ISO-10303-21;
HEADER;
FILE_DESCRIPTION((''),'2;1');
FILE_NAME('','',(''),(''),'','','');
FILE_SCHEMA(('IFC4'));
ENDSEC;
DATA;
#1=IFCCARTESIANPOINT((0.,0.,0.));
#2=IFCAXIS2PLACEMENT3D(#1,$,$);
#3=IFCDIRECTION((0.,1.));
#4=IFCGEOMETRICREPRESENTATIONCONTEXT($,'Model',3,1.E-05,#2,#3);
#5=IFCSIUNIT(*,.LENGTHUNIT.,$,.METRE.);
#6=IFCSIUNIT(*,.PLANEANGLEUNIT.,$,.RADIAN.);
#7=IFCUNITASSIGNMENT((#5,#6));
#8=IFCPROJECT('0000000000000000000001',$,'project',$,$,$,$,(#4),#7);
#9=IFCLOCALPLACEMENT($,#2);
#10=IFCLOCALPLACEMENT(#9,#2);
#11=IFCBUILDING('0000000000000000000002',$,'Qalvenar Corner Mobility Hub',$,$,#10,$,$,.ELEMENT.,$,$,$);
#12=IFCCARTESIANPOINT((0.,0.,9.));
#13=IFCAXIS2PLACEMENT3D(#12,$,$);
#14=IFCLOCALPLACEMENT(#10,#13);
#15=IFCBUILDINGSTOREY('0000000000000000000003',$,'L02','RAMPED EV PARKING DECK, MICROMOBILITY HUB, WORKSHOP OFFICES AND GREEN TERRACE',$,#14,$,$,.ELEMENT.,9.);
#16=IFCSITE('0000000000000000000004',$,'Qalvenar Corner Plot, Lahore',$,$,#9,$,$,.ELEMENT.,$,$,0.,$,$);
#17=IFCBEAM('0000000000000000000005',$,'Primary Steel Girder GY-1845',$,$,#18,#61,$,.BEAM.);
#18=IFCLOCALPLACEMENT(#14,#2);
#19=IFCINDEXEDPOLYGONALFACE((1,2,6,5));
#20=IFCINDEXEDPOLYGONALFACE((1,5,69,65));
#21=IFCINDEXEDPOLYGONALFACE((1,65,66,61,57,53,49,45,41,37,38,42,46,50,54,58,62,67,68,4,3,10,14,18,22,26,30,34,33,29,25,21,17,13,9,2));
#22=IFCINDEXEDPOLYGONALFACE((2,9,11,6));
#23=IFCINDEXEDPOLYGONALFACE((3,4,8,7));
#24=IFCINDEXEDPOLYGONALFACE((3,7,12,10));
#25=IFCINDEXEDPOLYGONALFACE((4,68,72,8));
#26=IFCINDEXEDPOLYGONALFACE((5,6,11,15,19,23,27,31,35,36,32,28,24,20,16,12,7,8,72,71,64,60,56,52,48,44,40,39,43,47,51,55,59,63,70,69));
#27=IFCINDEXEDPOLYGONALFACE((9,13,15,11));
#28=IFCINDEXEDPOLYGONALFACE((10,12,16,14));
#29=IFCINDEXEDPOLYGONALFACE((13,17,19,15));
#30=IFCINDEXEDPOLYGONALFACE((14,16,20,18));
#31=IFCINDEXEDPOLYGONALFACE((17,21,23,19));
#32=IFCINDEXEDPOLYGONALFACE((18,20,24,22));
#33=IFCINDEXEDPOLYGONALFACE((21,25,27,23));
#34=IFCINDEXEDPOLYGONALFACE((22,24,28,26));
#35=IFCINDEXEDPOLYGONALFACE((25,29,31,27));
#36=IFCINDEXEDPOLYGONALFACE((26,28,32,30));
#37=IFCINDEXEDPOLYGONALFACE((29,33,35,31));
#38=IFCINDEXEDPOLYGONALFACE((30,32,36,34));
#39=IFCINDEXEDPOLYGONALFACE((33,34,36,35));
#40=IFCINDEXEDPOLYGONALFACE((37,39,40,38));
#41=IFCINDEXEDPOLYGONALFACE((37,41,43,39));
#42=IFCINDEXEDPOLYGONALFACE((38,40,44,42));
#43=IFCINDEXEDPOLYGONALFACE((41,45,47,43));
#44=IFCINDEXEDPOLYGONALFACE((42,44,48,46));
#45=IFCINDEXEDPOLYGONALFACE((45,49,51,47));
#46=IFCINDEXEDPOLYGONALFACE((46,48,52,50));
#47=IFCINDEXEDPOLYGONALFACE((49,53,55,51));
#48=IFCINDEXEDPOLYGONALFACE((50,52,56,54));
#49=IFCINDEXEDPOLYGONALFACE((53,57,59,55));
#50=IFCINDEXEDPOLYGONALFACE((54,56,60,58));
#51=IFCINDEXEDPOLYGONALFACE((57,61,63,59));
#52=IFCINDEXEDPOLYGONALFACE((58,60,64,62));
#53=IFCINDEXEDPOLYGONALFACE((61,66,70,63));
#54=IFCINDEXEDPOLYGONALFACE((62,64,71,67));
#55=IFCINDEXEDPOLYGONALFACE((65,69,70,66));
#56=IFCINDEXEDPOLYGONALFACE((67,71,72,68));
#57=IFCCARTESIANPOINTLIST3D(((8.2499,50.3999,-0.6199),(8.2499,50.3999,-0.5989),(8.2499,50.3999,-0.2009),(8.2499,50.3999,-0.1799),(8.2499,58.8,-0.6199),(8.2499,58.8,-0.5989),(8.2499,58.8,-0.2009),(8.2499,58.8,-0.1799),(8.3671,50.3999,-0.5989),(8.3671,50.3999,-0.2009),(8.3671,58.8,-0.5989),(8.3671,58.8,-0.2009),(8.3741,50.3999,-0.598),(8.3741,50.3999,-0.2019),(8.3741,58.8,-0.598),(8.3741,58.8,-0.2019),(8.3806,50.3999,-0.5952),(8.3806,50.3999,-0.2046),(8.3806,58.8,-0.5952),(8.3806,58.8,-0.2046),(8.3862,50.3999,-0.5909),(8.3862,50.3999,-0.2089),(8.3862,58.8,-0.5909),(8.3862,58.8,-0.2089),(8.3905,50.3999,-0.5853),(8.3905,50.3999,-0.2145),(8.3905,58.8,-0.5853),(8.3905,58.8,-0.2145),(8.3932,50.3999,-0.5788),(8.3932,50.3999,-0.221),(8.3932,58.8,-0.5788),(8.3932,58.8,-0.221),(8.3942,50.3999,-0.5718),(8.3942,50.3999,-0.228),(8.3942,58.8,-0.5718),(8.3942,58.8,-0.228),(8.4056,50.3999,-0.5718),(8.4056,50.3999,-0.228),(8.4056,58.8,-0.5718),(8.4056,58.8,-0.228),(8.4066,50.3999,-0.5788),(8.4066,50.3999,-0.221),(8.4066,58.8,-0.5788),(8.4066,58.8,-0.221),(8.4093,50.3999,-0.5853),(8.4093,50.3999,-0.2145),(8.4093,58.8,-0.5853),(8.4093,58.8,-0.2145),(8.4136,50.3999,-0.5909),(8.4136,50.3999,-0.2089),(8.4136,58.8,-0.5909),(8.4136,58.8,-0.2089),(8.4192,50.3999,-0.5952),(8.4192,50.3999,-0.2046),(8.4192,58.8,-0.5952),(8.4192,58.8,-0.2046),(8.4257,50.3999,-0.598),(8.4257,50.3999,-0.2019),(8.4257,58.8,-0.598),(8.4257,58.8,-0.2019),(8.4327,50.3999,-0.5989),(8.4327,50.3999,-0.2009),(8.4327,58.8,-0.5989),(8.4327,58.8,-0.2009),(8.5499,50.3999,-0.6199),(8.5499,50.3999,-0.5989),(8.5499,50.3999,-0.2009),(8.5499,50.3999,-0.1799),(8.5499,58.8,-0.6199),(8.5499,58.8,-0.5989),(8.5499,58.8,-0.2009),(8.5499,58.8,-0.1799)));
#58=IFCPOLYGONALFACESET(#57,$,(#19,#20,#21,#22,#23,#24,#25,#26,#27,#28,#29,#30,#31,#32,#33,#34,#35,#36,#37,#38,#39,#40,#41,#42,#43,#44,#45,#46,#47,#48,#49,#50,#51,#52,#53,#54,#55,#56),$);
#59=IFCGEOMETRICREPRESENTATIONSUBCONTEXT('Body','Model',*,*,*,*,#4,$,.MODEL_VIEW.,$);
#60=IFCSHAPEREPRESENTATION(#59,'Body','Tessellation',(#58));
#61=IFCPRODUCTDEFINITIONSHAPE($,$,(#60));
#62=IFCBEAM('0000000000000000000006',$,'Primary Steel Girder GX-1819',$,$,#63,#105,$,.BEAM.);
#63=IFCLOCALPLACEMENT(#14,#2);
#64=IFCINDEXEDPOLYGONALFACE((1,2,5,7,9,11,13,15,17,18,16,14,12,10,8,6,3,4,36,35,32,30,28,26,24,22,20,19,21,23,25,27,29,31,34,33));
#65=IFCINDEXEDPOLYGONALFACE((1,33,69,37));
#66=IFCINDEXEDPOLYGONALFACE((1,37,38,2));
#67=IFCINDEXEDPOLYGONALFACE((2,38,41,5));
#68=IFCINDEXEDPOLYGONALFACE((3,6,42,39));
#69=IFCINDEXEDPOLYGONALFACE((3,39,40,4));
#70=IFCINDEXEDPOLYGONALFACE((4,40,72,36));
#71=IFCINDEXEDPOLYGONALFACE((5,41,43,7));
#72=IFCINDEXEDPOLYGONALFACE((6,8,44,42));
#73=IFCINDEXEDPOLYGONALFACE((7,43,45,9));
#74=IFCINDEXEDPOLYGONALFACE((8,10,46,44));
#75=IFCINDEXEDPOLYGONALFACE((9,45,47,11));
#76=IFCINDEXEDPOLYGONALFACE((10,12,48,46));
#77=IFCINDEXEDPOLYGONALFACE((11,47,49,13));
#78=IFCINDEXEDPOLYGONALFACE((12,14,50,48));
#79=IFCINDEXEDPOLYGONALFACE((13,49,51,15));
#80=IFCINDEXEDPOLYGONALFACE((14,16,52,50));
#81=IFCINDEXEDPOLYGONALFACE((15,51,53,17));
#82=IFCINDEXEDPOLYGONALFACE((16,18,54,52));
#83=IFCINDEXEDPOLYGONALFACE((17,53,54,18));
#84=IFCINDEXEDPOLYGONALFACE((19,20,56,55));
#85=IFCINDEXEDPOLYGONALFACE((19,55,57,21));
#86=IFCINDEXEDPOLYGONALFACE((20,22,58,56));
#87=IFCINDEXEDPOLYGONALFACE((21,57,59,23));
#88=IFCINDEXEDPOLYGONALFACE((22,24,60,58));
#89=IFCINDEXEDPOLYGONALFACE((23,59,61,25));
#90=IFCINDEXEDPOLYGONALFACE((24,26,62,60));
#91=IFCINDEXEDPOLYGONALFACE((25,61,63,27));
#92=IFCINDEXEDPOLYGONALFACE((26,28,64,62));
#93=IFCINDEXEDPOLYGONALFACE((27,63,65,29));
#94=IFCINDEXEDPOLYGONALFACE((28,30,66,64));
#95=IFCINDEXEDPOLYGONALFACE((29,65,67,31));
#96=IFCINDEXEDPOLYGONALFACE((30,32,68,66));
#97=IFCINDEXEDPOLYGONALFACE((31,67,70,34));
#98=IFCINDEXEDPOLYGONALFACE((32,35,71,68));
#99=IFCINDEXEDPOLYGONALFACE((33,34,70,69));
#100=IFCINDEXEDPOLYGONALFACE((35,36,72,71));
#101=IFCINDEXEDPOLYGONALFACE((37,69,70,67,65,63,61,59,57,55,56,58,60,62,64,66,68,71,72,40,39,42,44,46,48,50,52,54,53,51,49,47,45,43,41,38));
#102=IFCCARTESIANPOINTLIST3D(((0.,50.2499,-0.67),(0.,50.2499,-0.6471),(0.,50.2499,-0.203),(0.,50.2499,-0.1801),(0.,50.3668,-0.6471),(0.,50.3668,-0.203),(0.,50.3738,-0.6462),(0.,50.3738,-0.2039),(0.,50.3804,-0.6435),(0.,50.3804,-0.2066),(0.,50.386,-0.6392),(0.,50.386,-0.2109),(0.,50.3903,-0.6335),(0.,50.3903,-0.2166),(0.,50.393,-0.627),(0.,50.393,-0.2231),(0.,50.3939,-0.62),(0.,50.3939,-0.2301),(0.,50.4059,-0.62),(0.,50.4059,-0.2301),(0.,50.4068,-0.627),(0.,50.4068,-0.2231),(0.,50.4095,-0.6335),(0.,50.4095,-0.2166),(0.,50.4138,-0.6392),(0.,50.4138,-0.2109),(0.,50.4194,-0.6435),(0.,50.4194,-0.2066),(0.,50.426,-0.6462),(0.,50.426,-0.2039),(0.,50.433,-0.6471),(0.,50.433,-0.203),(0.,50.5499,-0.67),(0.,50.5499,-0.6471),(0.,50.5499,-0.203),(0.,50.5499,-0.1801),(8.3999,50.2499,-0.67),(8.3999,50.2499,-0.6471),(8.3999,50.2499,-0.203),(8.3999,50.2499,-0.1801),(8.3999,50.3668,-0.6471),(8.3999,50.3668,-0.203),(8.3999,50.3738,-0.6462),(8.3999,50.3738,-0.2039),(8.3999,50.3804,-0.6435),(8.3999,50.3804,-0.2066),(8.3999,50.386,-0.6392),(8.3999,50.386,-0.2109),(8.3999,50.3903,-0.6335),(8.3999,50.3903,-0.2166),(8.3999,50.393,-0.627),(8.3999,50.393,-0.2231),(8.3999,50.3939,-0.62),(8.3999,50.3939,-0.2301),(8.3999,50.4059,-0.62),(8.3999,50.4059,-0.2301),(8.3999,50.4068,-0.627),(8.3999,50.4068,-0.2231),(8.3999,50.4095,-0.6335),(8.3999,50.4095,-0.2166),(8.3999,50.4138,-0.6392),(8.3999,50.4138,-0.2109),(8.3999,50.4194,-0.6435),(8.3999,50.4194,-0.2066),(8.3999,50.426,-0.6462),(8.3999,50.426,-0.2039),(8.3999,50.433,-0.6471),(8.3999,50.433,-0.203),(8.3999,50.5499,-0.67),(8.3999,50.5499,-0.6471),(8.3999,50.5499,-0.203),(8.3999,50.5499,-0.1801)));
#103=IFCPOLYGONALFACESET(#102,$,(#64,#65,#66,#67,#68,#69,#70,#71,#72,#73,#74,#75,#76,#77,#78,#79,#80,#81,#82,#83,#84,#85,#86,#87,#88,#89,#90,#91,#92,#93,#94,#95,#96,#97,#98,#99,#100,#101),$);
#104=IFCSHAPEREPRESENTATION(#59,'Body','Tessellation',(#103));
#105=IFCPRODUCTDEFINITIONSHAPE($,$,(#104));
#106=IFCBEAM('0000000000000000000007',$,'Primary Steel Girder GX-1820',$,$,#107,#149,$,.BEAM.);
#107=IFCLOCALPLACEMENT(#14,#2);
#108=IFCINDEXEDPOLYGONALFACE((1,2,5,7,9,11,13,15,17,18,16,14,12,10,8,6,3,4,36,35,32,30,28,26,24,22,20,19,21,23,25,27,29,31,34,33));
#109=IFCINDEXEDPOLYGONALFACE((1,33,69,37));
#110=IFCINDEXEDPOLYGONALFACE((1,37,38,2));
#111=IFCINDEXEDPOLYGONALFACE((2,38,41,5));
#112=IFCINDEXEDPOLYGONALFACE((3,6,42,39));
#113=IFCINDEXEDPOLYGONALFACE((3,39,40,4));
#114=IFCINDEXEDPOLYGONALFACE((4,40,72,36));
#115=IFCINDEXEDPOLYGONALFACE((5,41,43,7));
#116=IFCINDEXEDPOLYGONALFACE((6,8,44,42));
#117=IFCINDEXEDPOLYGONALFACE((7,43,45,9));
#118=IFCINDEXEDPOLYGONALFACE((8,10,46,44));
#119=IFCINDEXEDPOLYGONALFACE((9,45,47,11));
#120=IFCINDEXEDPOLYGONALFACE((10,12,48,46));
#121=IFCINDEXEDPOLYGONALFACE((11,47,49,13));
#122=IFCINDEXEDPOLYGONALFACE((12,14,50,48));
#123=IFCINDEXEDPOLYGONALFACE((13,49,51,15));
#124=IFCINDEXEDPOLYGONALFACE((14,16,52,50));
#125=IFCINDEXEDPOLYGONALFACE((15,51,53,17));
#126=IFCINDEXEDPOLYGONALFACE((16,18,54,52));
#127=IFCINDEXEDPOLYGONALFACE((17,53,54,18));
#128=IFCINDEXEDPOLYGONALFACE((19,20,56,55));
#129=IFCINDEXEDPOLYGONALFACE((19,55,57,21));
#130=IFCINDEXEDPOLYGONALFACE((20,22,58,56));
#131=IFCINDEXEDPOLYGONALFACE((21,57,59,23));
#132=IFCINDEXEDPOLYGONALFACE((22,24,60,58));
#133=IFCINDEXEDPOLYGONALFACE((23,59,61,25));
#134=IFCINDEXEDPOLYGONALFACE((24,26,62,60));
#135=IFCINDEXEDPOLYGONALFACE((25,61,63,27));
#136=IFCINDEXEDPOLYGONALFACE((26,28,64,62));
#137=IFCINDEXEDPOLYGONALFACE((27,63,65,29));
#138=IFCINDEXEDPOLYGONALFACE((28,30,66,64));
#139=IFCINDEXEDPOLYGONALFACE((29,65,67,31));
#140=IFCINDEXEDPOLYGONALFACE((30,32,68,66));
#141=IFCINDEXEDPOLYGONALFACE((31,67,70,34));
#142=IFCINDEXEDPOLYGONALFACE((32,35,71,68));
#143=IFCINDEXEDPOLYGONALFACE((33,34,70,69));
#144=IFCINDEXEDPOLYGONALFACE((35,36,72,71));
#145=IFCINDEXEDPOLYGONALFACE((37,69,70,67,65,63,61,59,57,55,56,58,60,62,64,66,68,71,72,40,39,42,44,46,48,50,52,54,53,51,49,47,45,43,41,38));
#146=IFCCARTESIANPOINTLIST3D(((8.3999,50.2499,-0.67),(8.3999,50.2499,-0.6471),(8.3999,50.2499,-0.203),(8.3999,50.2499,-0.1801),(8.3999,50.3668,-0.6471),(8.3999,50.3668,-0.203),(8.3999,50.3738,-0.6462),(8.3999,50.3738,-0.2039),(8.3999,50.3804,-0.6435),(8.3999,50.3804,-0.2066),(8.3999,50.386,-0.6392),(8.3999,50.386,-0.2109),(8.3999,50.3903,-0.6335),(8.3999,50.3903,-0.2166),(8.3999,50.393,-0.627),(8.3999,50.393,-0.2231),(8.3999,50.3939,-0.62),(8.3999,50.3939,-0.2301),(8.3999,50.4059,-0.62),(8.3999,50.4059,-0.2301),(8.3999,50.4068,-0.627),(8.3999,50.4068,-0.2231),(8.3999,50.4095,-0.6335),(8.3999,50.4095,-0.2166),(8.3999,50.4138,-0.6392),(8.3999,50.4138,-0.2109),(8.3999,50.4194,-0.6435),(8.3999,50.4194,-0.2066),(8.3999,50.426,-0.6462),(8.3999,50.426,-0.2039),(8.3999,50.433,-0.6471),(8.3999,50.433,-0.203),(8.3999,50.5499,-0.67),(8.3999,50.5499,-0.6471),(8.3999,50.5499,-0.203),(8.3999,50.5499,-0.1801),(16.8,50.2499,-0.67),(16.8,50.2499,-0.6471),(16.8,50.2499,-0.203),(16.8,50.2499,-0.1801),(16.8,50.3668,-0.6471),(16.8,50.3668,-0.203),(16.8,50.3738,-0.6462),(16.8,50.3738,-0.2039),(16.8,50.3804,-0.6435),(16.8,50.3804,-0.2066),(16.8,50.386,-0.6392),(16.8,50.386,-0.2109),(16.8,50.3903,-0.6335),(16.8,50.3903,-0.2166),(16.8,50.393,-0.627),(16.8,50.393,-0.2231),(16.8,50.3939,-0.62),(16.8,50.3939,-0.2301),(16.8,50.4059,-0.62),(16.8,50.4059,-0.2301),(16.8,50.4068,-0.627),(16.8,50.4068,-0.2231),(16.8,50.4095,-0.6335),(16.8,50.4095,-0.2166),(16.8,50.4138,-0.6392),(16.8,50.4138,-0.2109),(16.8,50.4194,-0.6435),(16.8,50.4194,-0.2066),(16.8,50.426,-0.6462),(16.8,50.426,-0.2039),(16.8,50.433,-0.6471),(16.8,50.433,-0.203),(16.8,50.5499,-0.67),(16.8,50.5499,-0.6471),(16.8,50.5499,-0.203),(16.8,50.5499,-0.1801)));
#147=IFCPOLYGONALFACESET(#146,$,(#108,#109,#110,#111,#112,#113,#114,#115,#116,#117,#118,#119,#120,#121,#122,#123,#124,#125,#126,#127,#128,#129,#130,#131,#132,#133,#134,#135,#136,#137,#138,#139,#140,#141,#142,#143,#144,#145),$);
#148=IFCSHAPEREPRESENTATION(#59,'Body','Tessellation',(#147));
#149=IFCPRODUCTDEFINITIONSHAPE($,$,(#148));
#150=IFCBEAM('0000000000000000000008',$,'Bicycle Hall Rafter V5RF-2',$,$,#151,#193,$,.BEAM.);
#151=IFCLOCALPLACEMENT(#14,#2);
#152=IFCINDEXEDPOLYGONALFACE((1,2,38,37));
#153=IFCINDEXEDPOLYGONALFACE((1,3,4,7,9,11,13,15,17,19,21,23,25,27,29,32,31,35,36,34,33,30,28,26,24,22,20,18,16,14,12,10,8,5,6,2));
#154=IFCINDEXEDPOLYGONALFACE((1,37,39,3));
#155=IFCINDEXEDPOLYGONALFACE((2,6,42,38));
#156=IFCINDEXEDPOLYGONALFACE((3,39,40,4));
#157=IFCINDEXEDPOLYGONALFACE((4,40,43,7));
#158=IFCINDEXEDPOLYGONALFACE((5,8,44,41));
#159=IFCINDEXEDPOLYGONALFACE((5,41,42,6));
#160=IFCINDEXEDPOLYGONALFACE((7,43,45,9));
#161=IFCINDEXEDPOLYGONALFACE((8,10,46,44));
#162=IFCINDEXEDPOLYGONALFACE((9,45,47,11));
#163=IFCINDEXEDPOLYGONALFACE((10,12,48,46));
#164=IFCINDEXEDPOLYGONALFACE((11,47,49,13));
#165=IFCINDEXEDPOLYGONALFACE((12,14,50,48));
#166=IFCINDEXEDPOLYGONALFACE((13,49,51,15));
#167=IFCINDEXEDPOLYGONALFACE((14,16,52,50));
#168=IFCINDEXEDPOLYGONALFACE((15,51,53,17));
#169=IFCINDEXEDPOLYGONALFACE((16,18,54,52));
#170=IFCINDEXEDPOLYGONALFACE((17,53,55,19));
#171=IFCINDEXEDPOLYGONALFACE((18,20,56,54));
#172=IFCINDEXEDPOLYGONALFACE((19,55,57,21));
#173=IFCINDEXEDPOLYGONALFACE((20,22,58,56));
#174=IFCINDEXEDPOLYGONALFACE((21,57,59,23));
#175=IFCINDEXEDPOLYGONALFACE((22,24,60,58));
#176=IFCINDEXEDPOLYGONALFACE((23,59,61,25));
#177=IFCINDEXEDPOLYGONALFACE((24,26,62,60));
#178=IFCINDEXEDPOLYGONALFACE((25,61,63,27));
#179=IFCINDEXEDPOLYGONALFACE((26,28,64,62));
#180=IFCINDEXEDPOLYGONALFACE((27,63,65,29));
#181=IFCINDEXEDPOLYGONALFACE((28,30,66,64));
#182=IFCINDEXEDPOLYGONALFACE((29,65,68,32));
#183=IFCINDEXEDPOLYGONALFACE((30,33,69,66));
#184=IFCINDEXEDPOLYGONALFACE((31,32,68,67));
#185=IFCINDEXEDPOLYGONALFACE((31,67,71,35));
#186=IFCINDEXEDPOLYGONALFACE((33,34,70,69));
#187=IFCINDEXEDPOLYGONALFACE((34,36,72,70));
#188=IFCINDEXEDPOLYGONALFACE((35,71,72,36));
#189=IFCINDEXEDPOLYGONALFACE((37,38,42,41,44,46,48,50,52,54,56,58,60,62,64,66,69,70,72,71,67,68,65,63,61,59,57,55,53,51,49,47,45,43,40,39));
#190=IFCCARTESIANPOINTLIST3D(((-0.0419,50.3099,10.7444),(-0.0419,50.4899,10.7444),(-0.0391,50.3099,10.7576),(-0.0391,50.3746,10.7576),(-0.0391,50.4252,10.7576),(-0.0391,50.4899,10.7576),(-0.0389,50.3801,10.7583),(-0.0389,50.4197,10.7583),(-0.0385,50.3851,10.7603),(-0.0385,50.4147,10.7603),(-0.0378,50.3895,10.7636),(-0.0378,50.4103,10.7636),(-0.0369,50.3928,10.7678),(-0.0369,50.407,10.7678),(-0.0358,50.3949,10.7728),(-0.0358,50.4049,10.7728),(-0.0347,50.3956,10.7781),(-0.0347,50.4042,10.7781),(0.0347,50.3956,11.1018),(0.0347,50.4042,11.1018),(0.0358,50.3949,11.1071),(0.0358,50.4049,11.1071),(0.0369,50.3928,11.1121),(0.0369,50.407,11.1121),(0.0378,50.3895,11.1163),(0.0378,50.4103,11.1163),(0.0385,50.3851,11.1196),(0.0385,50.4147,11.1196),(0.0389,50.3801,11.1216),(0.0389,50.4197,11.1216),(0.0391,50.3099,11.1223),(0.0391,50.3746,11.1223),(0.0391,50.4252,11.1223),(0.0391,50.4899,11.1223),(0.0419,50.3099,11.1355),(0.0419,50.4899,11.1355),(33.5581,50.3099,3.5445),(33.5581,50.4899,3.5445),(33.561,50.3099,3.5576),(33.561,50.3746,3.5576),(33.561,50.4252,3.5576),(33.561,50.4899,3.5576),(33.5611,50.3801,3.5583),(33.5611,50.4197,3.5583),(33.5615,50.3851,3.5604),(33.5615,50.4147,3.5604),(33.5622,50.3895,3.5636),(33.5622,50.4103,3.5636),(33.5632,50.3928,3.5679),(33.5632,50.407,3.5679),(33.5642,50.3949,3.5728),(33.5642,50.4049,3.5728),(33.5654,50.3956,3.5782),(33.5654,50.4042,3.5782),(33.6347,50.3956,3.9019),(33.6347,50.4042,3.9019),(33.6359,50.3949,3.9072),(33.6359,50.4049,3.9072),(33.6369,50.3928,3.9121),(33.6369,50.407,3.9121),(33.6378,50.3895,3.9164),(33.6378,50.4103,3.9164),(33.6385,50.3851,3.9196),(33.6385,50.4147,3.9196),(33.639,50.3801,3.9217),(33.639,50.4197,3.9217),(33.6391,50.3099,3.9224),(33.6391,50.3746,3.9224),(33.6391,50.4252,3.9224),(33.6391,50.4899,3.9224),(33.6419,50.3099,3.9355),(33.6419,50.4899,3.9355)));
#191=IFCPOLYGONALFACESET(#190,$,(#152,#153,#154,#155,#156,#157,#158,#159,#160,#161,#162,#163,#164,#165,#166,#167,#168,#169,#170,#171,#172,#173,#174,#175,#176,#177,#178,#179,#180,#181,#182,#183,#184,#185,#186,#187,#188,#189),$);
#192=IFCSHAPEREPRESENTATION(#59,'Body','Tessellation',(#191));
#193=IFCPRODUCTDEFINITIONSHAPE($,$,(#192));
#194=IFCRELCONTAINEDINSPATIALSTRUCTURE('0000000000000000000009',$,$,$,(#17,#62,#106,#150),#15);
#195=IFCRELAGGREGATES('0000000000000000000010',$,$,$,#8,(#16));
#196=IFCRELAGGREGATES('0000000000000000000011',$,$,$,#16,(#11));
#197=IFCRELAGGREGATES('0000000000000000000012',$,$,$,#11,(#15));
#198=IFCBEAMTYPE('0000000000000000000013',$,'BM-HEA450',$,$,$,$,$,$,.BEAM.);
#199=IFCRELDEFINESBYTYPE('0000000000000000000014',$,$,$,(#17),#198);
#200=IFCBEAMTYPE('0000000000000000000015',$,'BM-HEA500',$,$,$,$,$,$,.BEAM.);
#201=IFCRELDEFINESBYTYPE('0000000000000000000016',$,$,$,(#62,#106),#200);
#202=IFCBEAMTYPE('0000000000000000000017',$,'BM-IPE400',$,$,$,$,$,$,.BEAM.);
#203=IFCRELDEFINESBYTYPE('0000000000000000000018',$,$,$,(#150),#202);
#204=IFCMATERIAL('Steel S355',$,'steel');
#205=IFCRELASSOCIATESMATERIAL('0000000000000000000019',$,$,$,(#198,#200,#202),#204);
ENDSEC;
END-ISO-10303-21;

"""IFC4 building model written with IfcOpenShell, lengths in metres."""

from ifc_helpers import new_model, si_unit, direction, frame, origin, origin_2d, place, context, subcontext, project, spatial, i_section, extrude, material, material_profile, profile_set, type_object, element, save


model = new_model("IFC4")

# Units and contexts
model_context = context("Model", 3, precision=1e-05, world=origin(), true_north=direction((0.0, 1.0)))
body_context = subcontext(model_context, "Body", "Model", "MODEL_VIEW")
ifc_project = project(units=[si_unit("LENGTHUNIT", "METRE"), si_unit("PLANEANGLEUNIT", "RADIAN")], contexts=[model_context])

# Site, building, storey
site_placement = place(None, origin())
site = spatial("IfcSite", under=ifc_project, at=site_placement, Name="Qalvenar Corner Plot, Lahore", CompositionType="ELEMENT", RefElevation=0.0)
building_placement = place(site_placement, origin())
building = spatial("IfcBuilding", under=site, at=building_placement, Name="Qalvenar Corner Mobility Hub", CompositionType="ELEMENT")
storey_placement = place(building_placement, frame((0.0, 0.0, 9.0)))
storey = spatial("IfcBuildingStorey", under=building, at=storey_placement, Name="L02", Description="RAMPED EV PARKING DECK, MICROMOBILITY HUB, WORKSHOP OFFICES AND GREEN TERRACE", CompositionType="ELEMENT", Elevation=9.0)

# Shared definitions
ifc_material_1 = material(Name="Steel S355", Category="steel")

# Beams
ifc_material_profile_1 = material_profile(ifc_material_1, i_section(OverallWidth=0.3, OverallDepth=0.4399, WebThickness=0.0115, FlangeThickness=0.021, FilletRadius=0.0271, at=origin_2d()), Name="HEA450")
ifc_profile_set_1 = profile_set([ifc_material_profile_1], Name="Steel S355")
beam_type_1 = type_object("IfcBeamType", Name="BM-HEA450", PredefinedType="BEAM", material=ifc_profile_set_1)
beam_1_placement = place(storey_placement, frame((8.3999, 50.3999, -0.3999), z_axis=(0.0, 1.0, 0.0), x_axis=(-1.0, 0.0, 0.0)))
element("IfcBeam", 1, at=beam_1_placement, inside=storey, type_object=beam_type_1, Name="Primary Steel Girder GY-1845", PredefinedType="BEAM", context=body_context, shape_type="SweptSolid", body=[
    extrude(i_section(OverallWidth=0.3, OverallDepth=0.4399, WebThickness=0.0115, FlangeThickness=0.021, FilletRadius=0.0271, at=origin_2d()), origin(), (0.0, 0.0, 1.0), 8.4001),
])
ifc_material_profile_2 = material_profile(ifc_material_1, i_section(OverallWidth=0.3, OverallDepth=0.49, WebThickness=0.012, FlangeThickness=0.0229, FilletRadius=0.0271, at=origin_2d()), Name="HEA500")
ifc_profile_set_2 = profile_set([ifc_material_profile_2], Name="Steel S355")
beam_type_2 = type_object("IfcBeamType", Name="BM-HEA500", PredefinedType="BEAM", material=ifc_profile_set_2)
beam_2_placement = place(storey_placement, frame((0.0, 50.3999, -0.425), z_axis=(1.0, 0.0, 0.0), x_axis=(0.0, 1.0, 0.0)))
element("IfcBeam", 2, at=beam_2_placement, inside=storey, type_object=beam_type_2, Name="Primary Steel Girder GX-1819", PredefinedType="BEAM", context=body_context, shape_type="SweptSolid", body=[
    extrude(i_section(OverallWidth=0.3, OverallDepth=0.49, WebThickness=0.012, FlangeThickness=0.0229, FilletRadius=0.0271, at=origin_2d()), origin(), (0.0, 0.0, 1.0), 8.3999),
])
beam_3_placement = place(storey_placement, frame((8.3999, 50.3999, -0.425), z_axis=(1.0, 0.0, 0.0), x_axis=(0.0, 1.0, 0.0)))
element("IfcBeam", 3, at=beam_3_placement, inside=storey, type_object=beam_type_2, Name="Primary Steel Girder GX-1820", PredefinedType="BEAM", context=body_context, shape_type="SweptSolid", body=[
    extrude(i_section(OverallWidth=0.3, OverallDepth=0.49, WebThickness=0.012, FlangeThickness=0.0229, FilletRadius=0.0271, at=origin_2d()), origin(), (0.0, 0.0, 1.0), 8.4001),
])
ifc_material_profile_3 = material_profile(ifc_material_1, i_section(OverallWidth=0.1799, OverallDepth=0.3999, WebThickness=0.0085, FlangeThickness=0.0134, FilletRadius=0.021, at=origin_2d()), Name="IPE400")
ifc_profile_set_3 = profile_set([ifc_material_profile_3], Name="Steel S355")
beam_type_3 = type_object("IfcBeamType", Name="BM-IPE400", PredefinedType="BEAM", material=ifc_profile_set_3)
beam_4_placement = place(storey_placement, frame((0.0, 50.3999, 10.9399), z_axis=(0.977803, 0.0, -0.209527), x_axis=(0.0, 1.0, 0.0)))
element("IfcBeam", 4, at=beam_4_placement, inside=storey, type_object=beam_type_3, Name="Bicycle Hall Rafter V5RF-2", PredefinedType="BEAM", context=body_context, shape_type="SweptSolid", body=[
    extrude(i_section(OverallWidth=0.1799, OverallDepth=0.3999, WebThickness=0.0085, FlangeThickness=0.0134, FilletRadius=0.021, at=origin_2d()), origin(), (0.0, 0.0, 1.0), 34.3628),
])

save(model, "model.ifc")
